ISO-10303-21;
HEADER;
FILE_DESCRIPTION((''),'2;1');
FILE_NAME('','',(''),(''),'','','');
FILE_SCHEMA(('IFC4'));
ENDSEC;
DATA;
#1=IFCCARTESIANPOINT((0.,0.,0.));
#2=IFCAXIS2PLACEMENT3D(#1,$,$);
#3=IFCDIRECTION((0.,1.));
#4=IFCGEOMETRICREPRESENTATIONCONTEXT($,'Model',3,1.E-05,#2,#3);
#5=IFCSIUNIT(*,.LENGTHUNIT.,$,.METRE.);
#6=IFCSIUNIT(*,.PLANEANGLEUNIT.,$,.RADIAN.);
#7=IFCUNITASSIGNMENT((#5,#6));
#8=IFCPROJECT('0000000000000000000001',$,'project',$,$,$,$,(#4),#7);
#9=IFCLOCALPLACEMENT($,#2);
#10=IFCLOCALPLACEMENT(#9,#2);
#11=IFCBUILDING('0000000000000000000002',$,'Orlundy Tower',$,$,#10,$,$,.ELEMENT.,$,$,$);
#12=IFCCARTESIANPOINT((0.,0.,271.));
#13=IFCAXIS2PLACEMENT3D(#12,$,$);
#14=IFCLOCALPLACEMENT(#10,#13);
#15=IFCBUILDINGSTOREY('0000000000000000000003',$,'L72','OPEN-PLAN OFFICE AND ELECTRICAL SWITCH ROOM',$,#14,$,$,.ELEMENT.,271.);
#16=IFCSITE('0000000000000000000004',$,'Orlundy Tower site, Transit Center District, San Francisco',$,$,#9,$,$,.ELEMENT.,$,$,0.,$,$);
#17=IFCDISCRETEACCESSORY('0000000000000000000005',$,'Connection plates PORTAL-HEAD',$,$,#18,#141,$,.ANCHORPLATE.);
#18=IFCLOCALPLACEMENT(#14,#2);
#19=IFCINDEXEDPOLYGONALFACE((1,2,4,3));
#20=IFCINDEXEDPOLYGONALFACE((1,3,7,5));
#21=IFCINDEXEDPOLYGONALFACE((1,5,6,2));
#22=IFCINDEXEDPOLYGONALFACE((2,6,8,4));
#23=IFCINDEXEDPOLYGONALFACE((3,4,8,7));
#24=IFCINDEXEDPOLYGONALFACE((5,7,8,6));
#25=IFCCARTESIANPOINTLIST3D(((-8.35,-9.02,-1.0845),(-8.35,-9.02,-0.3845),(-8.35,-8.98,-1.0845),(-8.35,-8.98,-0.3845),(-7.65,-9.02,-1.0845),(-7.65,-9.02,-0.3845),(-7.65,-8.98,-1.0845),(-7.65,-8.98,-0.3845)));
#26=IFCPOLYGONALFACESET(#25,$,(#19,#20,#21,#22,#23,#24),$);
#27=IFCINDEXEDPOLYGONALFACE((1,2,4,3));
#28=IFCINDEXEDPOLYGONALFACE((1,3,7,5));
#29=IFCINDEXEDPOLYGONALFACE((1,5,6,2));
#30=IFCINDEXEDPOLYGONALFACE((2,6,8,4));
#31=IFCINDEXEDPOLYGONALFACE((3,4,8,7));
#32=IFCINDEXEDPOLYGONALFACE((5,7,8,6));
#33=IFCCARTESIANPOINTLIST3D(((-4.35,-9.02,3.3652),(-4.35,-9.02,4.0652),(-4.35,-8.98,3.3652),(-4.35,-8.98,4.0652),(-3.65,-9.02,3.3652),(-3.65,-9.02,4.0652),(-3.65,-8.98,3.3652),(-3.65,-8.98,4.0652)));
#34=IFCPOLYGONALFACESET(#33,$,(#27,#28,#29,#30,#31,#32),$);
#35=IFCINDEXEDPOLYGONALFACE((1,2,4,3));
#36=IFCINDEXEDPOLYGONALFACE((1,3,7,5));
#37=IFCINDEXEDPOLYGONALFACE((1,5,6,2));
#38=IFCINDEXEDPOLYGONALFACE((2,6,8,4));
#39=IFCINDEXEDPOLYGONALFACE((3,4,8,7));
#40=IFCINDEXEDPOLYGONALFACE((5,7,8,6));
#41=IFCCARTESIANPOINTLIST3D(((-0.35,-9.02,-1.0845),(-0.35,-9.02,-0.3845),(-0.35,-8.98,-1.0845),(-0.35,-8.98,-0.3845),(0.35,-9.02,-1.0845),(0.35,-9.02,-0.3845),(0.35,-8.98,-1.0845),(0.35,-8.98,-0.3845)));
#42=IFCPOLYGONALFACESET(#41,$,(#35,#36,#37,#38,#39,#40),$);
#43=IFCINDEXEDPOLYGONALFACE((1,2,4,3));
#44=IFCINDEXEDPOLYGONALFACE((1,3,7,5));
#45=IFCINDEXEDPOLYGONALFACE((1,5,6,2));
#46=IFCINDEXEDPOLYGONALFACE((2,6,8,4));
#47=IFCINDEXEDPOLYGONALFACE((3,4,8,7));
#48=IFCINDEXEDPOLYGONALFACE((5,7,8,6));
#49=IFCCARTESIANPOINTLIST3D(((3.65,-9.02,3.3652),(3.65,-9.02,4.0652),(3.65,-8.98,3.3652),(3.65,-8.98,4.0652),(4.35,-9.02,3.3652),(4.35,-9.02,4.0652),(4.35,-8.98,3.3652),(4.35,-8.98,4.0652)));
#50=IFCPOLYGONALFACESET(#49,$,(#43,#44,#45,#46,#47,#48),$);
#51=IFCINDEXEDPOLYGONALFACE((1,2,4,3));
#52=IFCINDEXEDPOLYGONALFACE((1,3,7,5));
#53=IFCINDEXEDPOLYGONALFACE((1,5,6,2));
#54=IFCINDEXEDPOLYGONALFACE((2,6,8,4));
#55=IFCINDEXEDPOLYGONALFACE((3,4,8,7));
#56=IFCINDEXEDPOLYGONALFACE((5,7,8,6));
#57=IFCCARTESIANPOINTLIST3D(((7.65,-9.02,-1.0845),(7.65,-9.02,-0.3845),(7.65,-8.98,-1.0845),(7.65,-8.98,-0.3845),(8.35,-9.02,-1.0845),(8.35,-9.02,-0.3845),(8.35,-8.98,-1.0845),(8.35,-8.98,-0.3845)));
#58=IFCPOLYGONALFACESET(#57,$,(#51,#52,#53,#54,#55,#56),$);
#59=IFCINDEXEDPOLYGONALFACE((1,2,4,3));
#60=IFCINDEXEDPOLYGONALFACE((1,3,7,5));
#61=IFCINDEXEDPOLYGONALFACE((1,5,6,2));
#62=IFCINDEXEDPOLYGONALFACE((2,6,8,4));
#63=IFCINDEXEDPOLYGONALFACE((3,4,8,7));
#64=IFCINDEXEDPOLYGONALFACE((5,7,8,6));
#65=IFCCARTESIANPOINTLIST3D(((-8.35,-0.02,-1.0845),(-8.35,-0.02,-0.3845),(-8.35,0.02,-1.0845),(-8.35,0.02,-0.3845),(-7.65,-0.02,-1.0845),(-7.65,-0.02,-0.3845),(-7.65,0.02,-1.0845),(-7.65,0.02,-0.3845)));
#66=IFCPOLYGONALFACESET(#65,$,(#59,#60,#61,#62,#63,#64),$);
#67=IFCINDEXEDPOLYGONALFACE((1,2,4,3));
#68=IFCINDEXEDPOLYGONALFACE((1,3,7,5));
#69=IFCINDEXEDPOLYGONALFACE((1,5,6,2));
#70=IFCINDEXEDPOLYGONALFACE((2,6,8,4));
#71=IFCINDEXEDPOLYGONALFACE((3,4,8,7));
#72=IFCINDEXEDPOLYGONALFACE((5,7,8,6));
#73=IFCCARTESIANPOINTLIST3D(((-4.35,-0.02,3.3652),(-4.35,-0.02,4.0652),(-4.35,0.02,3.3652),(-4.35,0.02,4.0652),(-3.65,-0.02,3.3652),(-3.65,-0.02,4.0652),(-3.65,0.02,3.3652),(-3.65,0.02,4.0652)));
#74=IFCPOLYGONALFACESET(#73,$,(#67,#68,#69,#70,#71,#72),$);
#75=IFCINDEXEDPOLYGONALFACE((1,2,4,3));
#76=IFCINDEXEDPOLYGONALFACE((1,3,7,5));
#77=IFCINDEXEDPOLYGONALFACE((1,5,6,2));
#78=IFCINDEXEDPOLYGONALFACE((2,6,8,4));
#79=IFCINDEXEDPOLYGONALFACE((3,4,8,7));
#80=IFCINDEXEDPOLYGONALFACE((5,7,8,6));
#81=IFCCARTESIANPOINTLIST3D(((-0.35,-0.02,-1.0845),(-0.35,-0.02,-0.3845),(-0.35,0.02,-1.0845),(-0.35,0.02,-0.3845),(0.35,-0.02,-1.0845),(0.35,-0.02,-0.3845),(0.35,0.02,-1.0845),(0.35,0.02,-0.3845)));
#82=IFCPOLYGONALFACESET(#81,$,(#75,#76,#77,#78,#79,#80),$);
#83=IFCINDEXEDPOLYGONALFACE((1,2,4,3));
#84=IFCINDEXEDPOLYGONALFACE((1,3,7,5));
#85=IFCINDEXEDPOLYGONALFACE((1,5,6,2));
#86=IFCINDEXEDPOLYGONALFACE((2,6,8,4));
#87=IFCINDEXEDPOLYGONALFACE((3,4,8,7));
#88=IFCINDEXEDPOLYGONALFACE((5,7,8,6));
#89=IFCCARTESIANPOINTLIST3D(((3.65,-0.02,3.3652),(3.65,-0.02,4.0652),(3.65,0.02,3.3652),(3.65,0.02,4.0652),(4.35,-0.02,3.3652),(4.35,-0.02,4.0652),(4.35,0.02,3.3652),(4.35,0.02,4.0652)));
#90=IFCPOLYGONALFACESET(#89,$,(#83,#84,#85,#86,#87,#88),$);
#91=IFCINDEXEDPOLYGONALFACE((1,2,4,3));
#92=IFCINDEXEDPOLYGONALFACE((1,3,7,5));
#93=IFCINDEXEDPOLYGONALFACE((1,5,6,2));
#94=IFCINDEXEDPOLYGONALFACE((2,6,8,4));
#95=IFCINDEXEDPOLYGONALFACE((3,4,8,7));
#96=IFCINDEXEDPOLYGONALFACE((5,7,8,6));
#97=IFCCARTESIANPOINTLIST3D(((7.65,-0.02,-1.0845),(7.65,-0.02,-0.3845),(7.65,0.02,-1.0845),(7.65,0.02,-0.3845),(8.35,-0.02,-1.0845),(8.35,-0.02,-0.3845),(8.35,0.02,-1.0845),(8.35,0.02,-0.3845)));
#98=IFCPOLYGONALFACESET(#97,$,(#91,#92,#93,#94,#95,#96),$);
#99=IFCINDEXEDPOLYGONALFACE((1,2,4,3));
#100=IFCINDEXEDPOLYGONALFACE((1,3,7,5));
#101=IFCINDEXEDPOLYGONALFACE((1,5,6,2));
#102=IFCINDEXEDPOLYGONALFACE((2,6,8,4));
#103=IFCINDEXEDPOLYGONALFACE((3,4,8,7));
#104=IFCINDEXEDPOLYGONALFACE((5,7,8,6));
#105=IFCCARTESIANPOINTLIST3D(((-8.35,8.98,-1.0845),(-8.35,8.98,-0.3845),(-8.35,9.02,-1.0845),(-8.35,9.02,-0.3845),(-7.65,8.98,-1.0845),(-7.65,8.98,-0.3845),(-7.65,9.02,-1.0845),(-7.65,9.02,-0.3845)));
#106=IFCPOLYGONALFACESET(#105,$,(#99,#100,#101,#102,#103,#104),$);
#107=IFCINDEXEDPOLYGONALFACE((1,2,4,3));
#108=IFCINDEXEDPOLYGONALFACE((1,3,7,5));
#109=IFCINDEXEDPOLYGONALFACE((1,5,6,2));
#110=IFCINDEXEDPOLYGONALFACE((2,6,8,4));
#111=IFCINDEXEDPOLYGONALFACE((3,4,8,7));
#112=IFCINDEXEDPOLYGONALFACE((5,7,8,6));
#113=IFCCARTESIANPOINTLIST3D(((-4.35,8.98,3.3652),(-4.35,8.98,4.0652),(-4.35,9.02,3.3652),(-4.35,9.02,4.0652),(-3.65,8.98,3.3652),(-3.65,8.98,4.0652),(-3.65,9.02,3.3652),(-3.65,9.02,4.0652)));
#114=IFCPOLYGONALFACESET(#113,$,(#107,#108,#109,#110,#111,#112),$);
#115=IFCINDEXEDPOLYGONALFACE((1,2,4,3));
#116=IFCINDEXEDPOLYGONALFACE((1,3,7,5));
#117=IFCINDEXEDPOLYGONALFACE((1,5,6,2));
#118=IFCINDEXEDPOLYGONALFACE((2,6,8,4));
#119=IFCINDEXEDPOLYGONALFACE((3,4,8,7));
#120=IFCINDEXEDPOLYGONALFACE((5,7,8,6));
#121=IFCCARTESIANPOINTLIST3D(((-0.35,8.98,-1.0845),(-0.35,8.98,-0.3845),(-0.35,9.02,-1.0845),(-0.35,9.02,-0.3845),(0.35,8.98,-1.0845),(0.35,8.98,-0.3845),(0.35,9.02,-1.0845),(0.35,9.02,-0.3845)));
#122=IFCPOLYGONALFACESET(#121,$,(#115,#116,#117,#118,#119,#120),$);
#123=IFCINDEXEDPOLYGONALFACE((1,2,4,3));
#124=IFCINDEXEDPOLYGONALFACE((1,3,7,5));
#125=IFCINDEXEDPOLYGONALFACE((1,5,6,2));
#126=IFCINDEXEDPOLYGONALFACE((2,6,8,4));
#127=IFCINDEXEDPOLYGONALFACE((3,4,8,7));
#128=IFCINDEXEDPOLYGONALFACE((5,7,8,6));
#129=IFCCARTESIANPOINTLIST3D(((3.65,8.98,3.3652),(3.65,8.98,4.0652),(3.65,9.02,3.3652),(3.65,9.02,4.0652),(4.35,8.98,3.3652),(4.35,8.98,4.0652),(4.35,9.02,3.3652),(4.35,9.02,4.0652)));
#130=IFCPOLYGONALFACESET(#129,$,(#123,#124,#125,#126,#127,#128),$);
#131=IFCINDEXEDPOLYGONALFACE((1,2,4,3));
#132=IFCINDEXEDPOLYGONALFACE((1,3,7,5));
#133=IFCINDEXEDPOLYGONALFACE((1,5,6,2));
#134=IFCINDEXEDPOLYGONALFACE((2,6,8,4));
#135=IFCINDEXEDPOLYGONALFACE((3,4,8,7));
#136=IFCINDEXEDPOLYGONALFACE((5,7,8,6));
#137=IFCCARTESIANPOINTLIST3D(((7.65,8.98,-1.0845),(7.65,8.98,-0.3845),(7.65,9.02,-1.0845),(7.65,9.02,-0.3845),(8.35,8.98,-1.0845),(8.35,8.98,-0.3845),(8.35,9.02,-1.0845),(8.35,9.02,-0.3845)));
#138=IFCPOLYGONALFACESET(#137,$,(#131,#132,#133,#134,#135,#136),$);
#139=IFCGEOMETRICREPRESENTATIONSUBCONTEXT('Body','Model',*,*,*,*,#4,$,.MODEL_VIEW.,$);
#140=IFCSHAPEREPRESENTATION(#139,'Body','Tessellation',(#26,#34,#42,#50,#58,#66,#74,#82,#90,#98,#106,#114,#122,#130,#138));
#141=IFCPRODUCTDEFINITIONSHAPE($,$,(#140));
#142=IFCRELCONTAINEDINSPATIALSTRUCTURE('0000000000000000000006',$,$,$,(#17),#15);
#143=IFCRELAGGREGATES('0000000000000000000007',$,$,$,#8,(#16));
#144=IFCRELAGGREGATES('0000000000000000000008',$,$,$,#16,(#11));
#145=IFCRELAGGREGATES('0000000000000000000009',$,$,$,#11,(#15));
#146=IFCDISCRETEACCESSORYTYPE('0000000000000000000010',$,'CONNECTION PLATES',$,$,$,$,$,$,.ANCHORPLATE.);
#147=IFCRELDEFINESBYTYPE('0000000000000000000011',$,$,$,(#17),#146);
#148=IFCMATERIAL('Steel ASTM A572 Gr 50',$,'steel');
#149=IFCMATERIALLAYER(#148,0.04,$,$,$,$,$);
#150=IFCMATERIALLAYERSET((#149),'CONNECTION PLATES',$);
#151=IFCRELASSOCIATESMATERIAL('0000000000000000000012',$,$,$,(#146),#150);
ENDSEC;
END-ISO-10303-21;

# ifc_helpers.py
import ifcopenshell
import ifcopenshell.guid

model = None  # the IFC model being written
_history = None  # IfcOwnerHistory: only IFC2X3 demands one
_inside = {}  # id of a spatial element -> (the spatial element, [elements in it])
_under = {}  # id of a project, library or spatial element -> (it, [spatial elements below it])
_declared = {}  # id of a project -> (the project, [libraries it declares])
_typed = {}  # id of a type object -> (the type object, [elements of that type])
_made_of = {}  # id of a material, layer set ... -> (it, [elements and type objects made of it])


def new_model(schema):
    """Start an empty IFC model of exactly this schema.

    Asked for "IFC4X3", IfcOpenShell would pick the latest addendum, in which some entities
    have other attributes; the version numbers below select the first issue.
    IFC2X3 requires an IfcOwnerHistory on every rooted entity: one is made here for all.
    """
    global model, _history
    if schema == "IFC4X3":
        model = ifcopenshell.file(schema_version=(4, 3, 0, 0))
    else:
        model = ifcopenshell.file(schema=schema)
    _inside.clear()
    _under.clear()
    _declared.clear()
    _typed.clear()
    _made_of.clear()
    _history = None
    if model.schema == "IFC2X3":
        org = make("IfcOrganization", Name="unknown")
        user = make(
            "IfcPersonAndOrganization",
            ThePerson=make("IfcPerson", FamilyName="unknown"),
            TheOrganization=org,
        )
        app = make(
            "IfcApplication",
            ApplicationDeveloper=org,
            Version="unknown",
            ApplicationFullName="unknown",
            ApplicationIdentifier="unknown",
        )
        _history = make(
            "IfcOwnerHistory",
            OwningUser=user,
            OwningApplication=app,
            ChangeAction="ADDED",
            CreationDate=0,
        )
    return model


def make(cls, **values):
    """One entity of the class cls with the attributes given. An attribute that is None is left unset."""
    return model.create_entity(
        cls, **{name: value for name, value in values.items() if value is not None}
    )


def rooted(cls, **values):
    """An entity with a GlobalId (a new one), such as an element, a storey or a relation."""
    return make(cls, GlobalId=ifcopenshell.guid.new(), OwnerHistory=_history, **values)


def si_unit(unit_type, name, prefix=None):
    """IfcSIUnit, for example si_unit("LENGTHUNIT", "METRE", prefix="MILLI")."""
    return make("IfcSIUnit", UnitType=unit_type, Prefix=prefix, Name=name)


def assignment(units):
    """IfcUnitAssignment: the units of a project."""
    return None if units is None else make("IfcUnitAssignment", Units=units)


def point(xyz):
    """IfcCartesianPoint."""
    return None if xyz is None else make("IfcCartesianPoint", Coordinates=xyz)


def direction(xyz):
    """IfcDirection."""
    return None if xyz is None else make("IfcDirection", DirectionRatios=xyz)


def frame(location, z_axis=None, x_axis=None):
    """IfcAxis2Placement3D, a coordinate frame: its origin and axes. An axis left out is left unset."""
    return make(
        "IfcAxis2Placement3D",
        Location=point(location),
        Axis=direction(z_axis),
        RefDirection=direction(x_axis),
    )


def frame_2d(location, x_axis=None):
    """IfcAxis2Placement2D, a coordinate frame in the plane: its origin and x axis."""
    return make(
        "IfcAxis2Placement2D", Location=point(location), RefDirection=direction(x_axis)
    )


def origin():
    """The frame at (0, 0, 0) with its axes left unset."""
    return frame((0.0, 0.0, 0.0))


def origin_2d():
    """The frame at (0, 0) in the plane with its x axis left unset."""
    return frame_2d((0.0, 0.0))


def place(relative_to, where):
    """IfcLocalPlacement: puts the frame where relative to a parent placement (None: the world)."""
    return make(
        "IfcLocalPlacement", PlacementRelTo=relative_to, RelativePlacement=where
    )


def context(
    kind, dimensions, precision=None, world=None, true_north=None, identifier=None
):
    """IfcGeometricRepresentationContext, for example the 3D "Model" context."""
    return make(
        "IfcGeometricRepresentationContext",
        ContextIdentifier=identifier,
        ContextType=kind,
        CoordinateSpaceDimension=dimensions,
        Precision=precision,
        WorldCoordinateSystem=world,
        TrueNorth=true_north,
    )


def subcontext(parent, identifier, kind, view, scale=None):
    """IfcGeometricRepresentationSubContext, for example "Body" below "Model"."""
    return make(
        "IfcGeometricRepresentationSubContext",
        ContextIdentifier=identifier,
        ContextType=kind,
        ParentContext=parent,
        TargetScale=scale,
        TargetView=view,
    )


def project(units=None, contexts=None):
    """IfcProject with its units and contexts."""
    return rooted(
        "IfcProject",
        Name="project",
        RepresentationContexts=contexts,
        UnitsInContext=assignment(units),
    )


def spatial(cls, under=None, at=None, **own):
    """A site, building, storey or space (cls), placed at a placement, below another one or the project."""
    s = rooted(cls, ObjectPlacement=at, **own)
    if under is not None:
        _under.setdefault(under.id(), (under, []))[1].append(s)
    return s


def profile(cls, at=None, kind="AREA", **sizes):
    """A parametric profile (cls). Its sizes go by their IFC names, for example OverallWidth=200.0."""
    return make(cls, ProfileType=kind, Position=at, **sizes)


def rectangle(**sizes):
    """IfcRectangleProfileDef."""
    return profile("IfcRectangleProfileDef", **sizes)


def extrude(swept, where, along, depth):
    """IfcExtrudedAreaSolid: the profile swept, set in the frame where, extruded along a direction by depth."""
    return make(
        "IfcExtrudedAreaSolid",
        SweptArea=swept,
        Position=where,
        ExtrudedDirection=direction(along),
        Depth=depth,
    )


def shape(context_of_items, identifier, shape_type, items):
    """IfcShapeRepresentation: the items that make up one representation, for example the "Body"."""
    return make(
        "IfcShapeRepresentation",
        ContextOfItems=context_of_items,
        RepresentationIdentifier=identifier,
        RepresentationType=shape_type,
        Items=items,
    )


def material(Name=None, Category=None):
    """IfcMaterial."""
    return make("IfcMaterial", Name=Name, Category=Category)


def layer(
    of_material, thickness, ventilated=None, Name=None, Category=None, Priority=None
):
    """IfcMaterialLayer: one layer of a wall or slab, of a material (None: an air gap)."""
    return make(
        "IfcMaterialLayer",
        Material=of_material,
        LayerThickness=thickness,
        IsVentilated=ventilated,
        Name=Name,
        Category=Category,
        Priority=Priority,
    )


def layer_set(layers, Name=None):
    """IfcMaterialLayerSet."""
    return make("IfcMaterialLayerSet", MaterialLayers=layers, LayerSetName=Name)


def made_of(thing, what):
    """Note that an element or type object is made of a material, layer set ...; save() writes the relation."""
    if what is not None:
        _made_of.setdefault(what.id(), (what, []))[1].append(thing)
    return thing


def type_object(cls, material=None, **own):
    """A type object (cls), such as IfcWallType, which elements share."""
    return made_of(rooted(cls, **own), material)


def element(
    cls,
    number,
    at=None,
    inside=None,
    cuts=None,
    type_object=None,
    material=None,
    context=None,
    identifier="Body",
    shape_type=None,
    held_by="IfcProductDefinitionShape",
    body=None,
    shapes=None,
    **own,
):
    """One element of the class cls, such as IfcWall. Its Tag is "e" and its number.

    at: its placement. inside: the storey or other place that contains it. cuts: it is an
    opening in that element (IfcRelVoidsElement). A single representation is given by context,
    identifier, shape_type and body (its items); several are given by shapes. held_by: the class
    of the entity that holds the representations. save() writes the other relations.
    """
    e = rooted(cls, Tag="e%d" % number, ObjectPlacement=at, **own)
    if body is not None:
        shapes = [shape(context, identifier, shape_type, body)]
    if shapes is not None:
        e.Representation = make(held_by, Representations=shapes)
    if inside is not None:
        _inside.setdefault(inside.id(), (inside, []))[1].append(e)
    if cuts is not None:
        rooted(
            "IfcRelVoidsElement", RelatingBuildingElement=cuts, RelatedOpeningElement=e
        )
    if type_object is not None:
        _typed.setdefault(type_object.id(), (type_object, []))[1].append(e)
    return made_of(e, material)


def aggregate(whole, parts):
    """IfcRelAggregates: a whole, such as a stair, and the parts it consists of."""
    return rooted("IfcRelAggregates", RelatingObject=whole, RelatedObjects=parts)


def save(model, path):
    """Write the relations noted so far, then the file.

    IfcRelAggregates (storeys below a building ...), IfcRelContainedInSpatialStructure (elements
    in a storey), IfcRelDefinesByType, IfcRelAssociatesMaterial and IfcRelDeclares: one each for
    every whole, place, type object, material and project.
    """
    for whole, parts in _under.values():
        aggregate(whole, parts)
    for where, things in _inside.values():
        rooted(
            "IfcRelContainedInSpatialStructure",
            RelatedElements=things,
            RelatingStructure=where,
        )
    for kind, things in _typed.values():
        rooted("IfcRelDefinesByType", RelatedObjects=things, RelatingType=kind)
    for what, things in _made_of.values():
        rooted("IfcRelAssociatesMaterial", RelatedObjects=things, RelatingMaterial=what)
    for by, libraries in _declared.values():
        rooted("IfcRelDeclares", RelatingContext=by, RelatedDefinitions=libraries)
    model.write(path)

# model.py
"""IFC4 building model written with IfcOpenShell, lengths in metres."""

from ifc_helpers import new_model, si_unit, direction, frame, origin, origin_2d, place, context, subcontext, project, spatial, rectangle, extrude, material, layer, layer_set, type_object, element, save


model = new_model("IFC4")

# Units and contexts
model_context = context("Model", 3, precision=1e-05, world=origin(), true_north=direction((0.0, 1.0)))
body_context = subcontext(model_context, "Body", "Model", "MODEL_VIEW")
ifc_project = project(units=[si_unit("LENGTHUNIT", "METRE"), si_unit("PLANEANGLEUNIT", "RADIAN")], contexts=[model_context])

# Site, building, storey
site_placement = place(None, origin())
site = spatial("IfcSite", under=ifc_project, at=site_placement, Name="Orlundy Tower site, Transit Center District, San Francisco", CompositionType="ELEMENT", RefElevation=0.0)
building_placement = place(site_placement, origin())
building = spatial("IfcBuilding", under=site, at=building_placement, Name="Orlundy Tower", CompositionType="ELEMENT")
storey_placement = place(building_placement, frame((0.0, 0.0, 271.0)))
storey = spatial("IfcBuildingStorey", under=building, at=storey_placement, Name="L72", Description="OPEN-PLAN OFFICE AND ELECTRICAL SWITCH ROOM", CompositionType="ELEMENT", Elevation=271.0)

# Discrete accessory
ifc_material_1 = material(Name="Steel ASTM A572 Gr 50", Category="steel")
ifc_layer = layer(ifc_material_1, 0.04)
ifc_layer_set = layer_set([ifc_layer], Name="CONNECTION PLATES")
discrete_accessory_type = type_object("IfcDiscreteAccessoryType", Name="CONNECTION PLATES", PredefinedType="ANCHORPLATE", material=ifc_layer_set)
discrete_accessory_1_placement = place(storey_placement, frame((0.0, 0.0, -271.0)))
element("IfcDiscreteAccessory", 1, at=discrete_accessory_1_placement, inside=storey, type_object=discrete_accessory_type, Name="Connection plates PORTAL-HEAD", PredefinedType="ANCHORPLATE", context=body_context, shape_type="SweptSolid", body=[
    extrude(rectangle(XDim=0.7, YDim=0.04, at=origin_2d()), frame((-8.0, -9.0, 269.9155), z_axis=(0.0, 0.0, 1.0), x_axis=(1.0, 0.0, 0.0)), (0.0, 0.0, 1.0), 0.7),
    extrude(rectangle(XDim=0.7, YDim=0.04, at=origin_2d()), frame((-4.0, -9.0, 274.3652), z_axis=(0.0, 0.0, 1.0), x_axis=(1.0, 0.0, 0.0)), (0.0, 0.0, 1.0), 0.7),
    extrude(rectangle(XDim=0.7, YDim=0.04, at=origin_2d()), frame((0.0, -9.0, 269.9155), z_axis=(0.0, 0.0, 1.0), x_axis=(1.0, 0.0, 0.0)), (0.0, 0.0, 1.0), 0.7),
    extrude(rectangle(XDim=0.7, YDim=0.04, at=origin_2d()), frame((4.0, -9.0, 274.3652), z_axis=(0.0, 0.0, 1.0), x_axis=(1.0, 0.0, 0.0)), (0.0, 0.0, 1.0), 0.7),
    extrude(rectangle(XDim=0.7, YDim=0.04, at=origin_2d()), frame((8.0, -9.0, 269.9155), z_axis=(0.0, 0.0, 1.0), x_axis=(1.0, 0.0, 0.0)), (0.0, 0.0, 1.0), 0.7),
    extrude(rectangle(XDim=0.7, YDim=0.04, at=origin_2d()), frame((-8.0, 0.0, 269.9155), z_axis=(0.0, 0.0, 1.0), x_axis=(1.0, 0.0, 0.0)), (0.0, 0.0, 1.0), 0.7),
    extrude(rectangle(XDim=0.7, YDim=0.04, at=origin_2d()), frame((-4.0, 0.0, 274.3652), z_axis=(0.0, 0.0, 1.0), x_axis=(1.0, 0.0, 0.0)), (0.0, 0.0, 1.0), 0.7),
    extrude(rectangle(XDim=0.7, YDim=0.04, at=origin_2d()), frame((0.0, 0.0, 269.9155), z_axis=(0.0, 0.0, 1.0), x_axis=(1.0, 0.0, 0.0)), (0.0, 0.0, 1.0), 0.7),
    extrude(rectangle(XDim=0.7, YDim=0.04, at=origin_2d()), frame((4.0, 0.0, 274.3652), z_axis=(0.0, 0.0, 1.0), x_axis=(1.0, 0.0, 0.0)), (0.0, 0.0, 1.0), 0.7),
    extrude(rectangle(XDim=0.7, YDim=0.04, at=origin_2d()), frame((8.0, 0.0, 269.9155), z_axis=(0.0, 0.0, 1.0), x_axis=(1.0, 0.0, 0.0)), (0.0, 0.0, 1.0), 0.7),
    extrude(rectangle(XDim=0.7, YDim=0.04, at=origin_2d()), frame((-8.0, 9.0, 269.9155), z_axis=(0.0, 0.0, 1.0), x_axis=(1.0, 0.0, 0.0)), (0.0, 0.0, 1.0), 0.7),
    extrude(rectangle(XDim=0.7, YDim=0.04, at=origin_2d()), frame((-4.0, 9.0, 274.3652), z_axis=(0.0, 0.0, 1.0), x_axis=(1.0, 0.0, 0.0)), (0.0, 0.0, 1.0), 0.7),
    extrude(rectangle(XDim=0.7, YDim=0.04, at=origin_2d()), frame((0.0, 9.0, 269.9155), z_axis=(0.0, 0.0, 1.0), x_axis=(1.0, 0.0, 0.0)), (0.0, 0.0, 1.0), 0.7),
    extrude(rectangle(XDim=0.7, YDim=0.04, at=origin_2d()), frame((4.0, 9.0, 274.3652), z_axis=(0.0, 0.0, 1.0), x_axis=(1.0, 0.0, 0.0)), (0.0, 0.0, 1.0), 0.7),
    extrude(rectangle(XDim=0.7, YDim=0.04, at=origin_2d()), frame((8.0, 9.0, 269.9155), z_axis=(0.0, 0.0, 1.0), x_axis=(1.0, 0.0, 0.0)), (0.0, 0.0, 1.0), 0.7),
])

save(model, "model.ifc")
